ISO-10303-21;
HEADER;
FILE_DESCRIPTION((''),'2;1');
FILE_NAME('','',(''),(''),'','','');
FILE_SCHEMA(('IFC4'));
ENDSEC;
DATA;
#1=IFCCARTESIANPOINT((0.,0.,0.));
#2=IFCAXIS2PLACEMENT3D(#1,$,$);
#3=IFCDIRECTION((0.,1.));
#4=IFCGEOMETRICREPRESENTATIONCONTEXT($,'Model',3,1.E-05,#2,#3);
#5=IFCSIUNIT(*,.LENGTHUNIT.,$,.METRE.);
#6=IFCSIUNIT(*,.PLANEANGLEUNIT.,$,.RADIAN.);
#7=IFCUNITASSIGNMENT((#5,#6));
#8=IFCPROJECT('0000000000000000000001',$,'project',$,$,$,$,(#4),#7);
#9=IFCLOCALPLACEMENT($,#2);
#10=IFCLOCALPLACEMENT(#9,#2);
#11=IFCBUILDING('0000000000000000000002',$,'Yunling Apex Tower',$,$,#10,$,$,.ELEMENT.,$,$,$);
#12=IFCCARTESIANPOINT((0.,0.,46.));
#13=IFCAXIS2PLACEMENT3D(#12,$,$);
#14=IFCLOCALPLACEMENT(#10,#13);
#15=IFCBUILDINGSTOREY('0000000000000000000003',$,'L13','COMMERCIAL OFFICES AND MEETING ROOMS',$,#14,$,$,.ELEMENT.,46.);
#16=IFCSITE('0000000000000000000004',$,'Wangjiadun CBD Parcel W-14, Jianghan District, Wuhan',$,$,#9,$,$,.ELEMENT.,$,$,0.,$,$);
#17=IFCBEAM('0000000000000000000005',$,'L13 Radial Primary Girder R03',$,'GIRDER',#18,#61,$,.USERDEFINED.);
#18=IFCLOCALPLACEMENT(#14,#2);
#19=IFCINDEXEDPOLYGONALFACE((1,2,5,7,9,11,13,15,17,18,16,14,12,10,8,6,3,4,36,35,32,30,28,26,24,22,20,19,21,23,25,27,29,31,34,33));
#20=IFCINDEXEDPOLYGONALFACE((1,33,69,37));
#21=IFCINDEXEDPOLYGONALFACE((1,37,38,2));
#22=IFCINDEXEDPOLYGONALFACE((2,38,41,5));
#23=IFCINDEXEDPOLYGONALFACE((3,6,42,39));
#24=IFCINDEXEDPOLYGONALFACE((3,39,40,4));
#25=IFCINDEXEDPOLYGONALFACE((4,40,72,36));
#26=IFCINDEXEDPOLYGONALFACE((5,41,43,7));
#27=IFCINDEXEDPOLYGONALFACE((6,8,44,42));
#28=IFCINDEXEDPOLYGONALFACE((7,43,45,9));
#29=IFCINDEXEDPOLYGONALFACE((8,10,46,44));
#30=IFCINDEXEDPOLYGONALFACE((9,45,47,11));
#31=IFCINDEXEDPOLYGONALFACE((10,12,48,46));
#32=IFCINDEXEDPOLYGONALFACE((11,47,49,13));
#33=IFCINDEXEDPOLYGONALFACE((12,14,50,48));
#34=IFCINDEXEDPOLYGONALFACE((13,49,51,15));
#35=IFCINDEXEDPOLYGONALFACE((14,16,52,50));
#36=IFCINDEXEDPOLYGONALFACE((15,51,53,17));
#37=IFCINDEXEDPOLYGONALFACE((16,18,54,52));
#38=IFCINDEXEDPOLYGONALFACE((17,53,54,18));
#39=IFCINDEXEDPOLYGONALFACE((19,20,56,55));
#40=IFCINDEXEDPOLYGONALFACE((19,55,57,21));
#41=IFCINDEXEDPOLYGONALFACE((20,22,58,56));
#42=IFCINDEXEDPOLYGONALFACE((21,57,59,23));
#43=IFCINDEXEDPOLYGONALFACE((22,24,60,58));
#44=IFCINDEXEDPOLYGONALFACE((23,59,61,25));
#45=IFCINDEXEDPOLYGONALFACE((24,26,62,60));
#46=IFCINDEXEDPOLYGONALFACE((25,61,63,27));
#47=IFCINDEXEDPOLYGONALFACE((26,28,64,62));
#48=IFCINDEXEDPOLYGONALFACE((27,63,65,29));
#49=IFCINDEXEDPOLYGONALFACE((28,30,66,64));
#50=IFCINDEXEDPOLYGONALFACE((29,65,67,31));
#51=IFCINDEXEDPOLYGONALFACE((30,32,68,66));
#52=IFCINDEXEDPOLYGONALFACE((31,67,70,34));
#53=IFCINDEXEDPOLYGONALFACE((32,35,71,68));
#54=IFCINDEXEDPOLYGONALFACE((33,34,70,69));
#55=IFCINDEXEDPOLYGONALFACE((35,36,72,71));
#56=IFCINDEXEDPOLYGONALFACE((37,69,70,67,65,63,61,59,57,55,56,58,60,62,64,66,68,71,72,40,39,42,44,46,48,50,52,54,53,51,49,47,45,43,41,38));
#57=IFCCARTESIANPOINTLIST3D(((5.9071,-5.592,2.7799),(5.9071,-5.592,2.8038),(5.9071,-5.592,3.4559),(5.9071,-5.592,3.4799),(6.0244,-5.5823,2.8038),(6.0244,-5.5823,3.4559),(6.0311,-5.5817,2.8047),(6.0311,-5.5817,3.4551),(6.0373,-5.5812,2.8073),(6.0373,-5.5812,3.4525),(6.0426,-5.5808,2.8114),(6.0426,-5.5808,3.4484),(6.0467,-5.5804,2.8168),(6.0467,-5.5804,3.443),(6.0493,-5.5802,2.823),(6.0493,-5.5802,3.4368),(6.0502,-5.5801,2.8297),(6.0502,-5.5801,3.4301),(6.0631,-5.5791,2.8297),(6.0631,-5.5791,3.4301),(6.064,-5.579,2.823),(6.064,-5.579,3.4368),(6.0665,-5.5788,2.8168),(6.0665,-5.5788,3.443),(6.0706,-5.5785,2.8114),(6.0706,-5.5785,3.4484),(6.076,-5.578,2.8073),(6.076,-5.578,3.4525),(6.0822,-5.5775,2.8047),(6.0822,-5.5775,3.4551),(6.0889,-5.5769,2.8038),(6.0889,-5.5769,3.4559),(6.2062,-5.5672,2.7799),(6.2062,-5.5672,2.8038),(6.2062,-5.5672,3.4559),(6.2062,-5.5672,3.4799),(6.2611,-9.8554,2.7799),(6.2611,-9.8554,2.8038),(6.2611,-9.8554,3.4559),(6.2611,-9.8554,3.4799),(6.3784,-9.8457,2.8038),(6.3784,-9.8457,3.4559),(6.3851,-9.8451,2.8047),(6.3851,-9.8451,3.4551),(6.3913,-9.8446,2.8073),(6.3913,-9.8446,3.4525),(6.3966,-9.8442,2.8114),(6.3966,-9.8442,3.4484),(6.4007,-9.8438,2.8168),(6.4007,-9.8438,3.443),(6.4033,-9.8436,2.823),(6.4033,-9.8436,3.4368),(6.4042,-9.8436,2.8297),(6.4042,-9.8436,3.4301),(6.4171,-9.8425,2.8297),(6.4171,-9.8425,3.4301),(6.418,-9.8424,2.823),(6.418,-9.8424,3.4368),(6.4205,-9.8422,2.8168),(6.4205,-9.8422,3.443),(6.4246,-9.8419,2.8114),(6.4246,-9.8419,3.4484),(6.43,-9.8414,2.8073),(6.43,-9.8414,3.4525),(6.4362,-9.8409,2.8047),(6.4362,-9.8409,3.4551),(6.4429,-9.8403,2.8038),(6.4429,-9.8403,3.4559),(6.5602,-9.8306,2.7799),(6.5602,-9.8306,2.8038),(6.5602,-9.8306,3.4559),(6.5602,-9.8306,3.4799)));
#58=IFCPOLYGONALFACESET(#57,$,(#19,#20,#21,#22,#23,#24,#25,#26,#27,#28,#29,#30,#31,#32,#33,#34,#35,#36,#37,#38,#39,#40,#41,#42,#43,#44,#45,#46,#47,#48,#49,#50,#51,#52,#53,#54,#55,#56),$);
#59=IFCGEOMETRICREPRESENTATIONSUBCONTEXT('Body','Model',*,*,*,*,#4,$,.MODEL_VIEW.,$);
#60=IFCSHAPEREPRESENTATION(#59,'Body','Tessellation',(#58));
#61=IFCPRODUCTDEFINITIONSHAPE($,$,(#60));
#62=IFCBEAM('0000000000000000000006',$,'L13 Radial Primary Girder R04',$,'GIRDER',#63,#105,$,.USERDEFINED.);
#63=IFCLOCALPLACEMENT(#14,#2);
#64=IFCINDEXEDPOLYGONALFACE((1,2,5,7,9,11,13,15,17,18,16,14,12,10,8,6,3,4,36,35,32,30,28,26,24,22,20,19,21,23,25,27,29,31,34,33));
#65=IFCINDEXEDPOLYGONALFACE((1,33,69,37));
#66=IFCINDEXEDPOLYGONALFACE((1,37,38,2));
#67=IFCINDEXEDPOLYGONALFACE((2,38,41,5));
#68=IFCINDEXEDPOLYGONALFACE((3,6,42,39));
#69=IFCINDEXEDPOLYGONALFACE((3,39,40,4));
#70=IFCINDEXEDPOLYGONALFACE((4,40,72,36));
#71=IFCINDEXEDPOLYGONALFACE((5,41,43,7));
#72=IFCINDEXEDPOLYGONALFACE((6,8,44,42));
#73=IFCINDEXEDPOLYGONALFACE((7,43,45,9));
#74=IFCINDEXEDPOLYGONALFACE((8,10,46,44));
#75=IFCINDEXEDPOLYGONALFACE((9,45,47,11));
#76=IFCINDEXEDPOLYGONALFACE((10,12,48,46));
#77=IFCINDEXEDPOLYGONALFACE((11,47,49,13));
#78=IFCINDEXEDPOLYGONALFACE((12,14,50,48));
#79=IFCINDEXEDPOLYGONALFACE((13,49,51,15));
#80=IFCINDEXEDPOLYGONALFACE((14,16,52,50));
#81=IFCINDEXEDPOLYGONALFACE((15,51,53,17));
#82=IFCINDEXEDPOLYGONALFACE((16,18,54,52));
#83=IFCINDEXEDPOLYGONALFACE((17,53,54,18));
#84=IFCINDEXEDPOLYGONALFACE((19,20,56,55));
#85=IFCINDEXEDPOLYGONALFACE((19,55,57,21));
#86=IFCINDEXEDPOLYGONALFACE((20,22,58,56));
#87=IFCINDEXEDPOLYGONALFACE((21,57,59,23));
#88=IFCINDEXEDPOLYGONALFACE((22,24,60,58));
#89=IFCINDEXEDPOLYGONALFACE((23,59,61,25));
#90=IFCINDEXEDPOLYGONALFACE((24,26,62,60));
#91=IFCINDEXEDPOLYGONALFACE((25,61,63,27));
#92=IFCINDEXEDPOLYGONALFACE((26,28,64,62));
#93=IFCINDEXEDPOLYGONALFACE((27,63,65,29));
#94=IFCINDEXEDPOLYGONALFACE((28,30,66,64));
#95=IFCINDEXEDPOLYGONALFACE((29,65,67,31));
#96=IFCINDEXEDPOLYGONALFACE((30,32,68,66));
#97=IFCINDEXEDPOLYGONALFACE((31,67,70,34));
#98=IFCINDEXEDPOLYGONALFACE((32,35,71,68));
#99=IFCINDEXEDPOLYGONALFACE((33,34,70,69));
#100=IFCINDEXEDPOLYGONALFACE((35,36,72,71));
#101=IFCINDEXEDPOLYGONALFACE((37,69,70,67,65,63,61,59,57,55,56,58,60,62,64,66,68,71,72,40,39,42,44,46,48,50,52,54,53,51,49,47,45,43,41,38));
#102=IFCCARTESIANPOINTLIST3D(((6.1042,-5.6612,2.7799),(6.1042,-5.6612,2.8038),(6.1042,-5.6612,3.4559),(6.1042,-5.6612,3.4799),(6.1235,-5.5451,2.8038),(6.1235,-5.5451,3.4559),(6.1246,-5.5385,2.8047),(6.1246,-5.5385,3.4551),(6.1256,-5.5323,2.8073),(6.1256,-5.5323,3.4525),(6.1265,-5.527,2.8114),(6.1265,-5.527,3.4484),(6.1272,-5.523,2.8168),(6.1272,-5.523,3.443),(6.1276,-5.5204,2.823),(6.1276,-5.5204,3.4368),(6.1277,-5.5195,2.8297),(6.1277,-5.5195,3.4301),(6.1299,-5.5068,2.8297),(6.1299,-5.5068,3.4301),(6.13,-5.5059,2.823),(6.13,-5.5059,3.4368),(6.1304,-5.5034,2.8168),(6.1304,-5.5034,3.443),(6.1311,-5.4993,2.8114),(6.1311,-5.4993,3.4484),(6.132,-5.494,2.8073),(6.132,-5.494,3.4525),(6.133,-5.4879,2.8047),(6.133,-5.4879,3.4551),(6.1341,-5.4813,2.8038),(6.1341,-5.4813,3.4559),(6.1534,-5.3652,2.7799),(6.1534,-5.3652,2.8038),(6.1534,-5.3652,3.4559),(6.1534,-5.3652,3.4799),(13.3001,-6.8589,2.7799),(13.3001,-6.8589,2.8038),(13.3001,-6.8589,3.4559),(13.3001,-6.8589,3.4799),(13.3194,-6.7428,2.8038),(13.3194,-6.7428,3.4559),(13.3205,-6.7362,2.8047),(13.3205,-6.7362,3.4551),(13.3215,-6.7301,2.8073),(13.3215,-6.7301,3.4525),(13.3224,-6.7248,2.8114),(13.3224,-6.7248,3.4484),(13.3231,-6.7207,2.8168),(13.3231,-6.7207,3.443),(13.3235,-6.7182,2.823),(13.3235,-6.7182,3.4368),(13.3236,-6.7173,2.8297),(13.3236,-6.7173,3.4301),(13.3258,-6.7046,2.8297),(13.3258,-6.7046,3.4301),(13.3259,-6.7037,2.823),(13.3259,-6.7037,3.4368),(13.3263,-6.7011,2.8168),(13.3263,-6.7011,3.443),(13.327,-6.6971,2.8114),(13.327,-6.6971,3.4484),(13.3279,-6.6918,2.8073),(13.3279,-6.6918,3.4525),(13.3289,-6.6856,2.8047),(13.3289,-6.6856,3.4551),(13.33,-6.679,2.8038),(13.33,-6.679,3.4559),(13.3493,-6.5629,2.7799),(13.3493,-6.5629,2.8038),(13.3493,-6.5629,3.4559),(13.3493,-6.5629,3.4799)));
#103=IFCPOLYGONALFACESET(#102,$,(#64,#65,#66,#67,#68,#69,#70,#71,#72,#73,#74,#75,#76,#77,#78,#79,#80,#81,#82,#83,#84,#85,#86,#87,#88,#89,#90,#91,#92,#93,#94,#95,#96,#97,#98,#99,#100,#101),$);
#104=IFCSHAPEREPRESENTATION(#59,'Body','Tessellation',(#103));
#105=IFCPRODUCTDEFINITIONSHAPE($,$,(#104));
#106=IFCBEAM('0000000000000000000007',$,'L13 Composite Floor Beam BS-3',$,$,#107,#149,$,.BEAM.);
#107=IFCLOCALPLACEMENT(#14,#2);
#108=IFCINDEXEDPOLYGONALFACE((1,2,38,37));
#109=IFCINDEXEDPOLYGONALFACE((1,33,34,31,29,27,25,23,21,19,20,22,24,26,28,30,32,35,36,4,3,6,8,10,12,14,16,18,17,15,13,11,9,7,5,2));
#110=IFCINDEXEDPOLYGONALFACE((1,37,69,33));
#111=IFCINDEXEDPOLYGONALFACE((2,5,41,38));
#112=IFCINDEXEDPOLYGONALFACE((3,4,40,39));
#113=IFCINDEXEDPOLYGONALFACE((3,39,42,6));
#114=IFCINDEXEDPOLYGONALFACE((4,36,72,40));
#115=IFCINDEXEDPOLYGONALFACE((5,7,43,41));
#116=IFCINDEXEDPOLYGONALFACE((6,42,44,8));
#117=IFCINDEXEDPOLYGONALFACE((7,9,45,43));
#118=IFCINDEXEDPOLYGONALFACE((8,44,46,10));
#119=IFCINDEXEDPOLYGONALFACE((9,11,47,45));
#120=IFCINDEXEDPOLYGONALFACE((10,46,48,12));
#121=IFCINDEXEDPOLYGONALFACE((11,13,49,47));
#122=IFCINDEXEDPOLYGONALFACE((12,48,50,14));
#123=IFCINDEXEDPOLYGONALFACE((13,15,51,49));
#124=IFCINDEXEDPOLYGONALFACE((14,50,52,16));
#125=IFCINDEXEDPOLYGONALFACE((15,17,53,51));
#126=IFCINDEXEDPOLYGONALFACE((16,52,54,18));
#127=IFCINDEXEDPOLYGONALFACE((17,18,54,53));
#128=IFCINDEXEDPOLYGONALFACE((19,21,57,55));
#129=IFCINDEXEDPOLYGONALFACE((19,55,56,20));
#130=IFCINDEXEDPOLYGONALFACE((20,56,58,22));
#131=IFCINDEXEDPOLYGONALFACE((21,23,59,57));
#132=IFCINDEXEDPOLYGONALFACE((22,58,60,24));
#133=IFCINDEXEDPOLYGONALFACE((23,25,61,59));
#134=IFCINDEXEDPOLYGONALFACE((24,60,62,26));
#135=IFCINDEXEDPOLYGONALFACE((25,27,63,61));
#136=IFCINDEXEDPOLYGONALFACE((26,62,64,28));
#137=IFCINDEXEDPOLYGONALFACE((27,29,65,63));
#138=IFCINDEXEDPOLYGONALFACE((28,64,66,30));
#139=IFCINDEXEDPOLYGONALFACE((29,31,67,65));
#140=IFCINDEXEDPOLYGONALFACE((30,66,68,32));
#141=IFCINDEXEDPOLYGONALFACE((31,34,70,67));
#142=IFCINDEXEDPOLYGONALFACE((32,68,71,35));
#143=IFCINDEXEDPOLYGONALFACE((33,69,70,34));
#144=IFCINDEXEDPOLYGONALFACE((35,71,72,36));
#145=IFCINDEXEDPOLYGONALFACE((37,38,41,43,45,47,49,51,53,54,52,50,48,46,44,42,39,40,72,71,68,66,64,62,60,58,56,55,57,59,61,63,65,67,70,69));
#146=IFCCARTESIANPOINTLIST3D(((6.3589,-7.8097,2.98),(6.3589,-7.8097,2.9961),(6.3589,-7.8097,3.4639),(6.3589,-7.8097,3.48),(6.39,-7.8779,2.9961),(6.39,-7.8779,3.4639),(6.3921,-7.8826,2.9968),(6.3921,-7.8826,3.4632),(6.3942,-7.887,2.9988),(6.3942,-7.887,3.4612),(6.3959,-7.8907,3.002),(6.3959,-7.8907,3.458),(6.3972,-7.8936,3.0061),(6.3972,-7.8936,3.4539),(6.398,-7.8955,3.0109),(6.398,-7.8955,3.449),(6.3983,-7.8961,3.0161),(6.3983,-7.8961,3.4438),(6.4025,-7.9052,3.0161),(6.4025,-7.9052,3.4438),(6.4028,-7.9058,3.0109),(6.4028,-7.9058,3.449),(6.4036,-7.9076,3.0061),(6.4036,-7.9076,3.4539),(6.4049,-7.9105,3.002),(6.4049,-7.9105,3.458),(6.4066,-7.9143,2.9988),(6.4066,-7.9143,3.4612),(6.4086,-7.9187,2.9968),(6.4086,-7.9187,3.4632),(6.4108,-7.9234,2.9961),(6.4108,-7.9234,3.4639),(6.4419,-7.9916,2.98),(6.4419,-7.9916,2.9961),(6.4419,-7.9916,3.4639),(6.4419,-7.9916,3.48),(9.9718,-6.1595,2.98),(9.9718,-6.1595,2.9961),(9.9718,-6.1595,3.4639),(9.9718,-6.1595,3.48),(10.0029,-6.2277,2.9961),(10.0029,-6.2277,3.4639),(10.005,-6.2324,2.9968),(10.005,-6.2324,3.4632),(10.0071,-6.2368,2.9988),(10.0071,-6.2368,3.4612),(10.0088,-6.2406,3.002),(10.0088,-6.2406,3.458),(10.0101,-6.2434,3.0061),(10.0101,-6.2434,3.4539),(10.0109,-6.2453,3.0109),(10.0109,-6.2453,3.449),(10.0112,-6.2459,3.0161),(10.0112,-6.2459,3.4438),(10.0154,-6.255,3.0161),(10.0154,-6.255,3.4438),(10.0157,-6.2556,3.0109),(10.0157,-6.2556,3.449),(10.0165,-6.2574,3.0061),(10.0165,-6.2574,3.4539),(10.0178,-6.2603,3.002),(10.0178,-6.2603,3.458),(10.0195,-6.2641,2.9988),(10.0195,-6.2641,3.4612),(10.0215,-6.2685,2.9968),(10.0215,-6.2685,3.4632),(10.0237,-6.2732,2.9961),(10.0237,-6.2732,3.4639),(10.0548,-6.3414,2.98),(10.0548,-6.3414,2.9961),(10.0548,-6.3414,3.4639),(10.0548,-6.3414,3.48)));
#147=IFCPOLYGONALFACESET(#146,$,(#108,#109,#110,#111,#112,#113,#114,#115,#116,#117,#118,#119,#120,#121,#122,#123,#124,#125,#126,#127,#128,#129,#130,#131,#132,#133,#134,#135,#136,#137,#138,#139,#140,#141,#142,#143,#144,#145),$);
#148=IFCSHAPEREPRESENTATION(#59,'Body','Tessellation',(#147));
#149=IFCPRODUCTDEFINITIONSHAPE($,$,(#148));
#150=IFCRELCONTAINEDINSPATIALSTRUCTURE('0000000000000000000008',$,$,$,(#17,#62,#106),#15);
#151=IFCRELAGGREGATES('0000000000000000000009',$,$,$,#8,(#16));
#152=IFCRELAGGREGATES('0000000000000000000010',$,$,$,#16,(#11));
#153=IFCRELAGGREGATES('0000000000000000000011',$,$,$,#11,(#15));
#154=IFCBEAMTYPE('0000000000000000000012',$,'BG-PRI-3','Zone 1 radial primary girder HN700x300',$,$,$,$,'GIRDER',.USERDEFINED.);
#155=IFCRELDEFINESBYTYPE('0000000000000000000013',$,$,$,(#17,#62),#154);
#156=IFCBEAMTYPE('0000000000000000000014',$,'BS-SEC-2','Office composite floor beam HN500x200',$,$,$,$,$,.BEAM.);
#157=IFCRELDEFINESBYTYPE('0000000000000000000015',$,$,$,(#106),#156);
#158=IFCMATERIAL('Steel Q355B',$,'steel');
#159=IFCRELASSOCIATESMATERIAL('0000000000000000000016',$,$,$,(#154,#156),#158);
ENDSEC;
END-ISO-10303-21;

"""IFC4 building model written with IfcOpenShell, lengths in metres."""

from ifc_helpers import new_model, si_unit, direction, frame, origin, origin_2d, place, context, subcontext, project, spatial, i_section, extrude, source, transform, mapped, material, material_profile, profile_set, type_object, element, save


model = new_model("IFC4")

# Units and contexts
model_context = context("Model", 3, precision=1e-05, world=origin(), true_north=direction((0.0, 1.0)))
body_context = subcontext(model_context, "Body", "Model", "MODEL_VIEW")
ifc_project = project(units=[si_unit("LENGTHUNIT", "METRE"), si_unit("PLANEANGLEUNIT", "RADIAN")], contexts=[model_context])

# Site, building, storey
site_placement = place(None, origin())
site = spatial("IfcSite", under=ifc_project, at=site_placement, Name="Wangjiadun CBD Parcel W-14, Jianghan District, Wuhan", CompositionType="ELEMENT", RefElevation=0.0)
building_placement = place(site_placement, origin())
building = spatial("IfcBuilding", under=site, at=building_placement, Name="Yunling Apex Tower", CompositionType="ELEMENT")
storey_placement = place(building_placement, frame((0.0, 0.0, 46.0)))
storey = spatial("IfcBuildingStorey", under=building, at=storey_placement, Name="L13", Description="COMMERCIAL OFFICES AND MEETING ROOMS", CompositionType="ELEMENT", Elevation=46.0)

# Beams
ifc_material_1 = material(Name="Steel Q355B", Category="steel")
ifc_material_profile_1 = material_profile(ifc_material_1, i_section(OverallWidth=0.3, OverallDepth=0.7, WebThickness=0.0129, FlangeThickness=0.0239, FilletRadius=0.0259, at=origin_2d()))
ifc_profile_set_1 = profile_set([ifc_material_profile_1], Name="Steel Q355B")
beam_type_1 = type_object("IfcBeamType", Name="BG-PRI-3", Description="Zone 1 radial primary girder HN700x300", ElementType="GIRDER", PredefinedType="USERDEFINED", material=ifc_profile_set_1)
shared_shape_1 = source(origin(), body_context, "Body", "SweptSolid", [
    extrude(i_section(OverallWidth=0.3, OverallDepth=0.7, WebThickness=0.0129, FlangeThickness=0.0239, FilletRadius=0.0259, at=origin_2d()), origin(), (0.0, 0.0, 1.0), 4.2781),
])
beam_1_placement = place(storey_placement, frame((6.4106, -9.843, 3.1299), z_axis=(-0.082748, 0.996571, 0.0), x_axis=(-0.996571, -0.082748, 0.0)))
element("IfcBeam", 1, at=beam_1_placement, inside=storey, type_object=beam_type_1, Name="L13 Radial Primary Girder R03", ObjectType="GIRDER", PredefinedType="USERDEFINED", context=body_context, shape_type="MappedRepresentation", body=[
    mapped(shared_shape_1, transform((0.0, 0.0, 0.0), scale=1.0)),
])
shared_shape_2 = source(origin(), body_context, "Body", "SweptSolid", [
    extrude(i_section(OverallWidth=0.3, OverallDepth=0.7, WebThickness=0.0129, FlangeThickness=0.0239, FilletRadius=0.0259, at=origin_2d()), origin(), (0.0, 0.0, 1.0), 7.2949),
])
beam_2_placement = place(storey_placement, frame((13.3247, -6.7109, 3.1299), z_axis=(-0.986428, 0.164193, 0.0), x_axis=(-0.164193, -0.986428, 0.0)))
element("IfcBeam", 2, at=beam_2_placement, inside=storey, type_object=beam_type_1, Name="L13 Radial Primary Girder R04", ObjectType="GIRDER", PredefinedType="USERDEFINED", context=body_context, shape_type="MappedRepresentation", body=[
    mapped(shared_shape_2, transform((0.0, 0.0, 0.0), scale=1.0)),
])
ifc_material_profile_2 = material_profile(ifc_material_1, i_section(OverallWidth=0.2, OverallDepth=0.5, WebThickness=0.01, FlangeThickness=0.0161, FilletRadius=0.02, at=origin_2d()))
ifc_profile_set_2 = profile_set([ifc_material_profile_2], Name="Steel Q355B")
beam_type_2 = type_object("IfcBeamType", Name="BS-SEC-2", Description="Office composite floor beam HN500x200", PredefinedType="BEAM", material=ifc_profile_set_2)
shared_shape_3 = source(origin(), body_context, "Body", "SweptSolid", [
    extrude(i_section(OverallWidth=0.2, OverallDepth=0.5, WebThickness=0.01, FlangeThickness=0.0161, FilletRadius=0.02, at=origin_2d()), origin(), (0.0, 0.0, 1.0), 3.9719),
])
beam_3_placement = place(storey_placement, frame((6.4004, -7.9006, 3.23), z_axis=(0.909609, 0.415465, 0.0), x_axis=(-0.415465, 0.909609, 0.0)))
element("IfcBeam", 3, at=beam_3_placement, inside=storey, type_object=beam_type_2, Name="L13 Composite Floor Beam BS-3", PredefinedType="BEAM", context=body_context, shape_type="MappedRepresentation", body=[
    mapped(shared_shape_3, transform((0.0, 0.0, 0.0), scale=1.0)),
])

save(model, "model.ifc")
